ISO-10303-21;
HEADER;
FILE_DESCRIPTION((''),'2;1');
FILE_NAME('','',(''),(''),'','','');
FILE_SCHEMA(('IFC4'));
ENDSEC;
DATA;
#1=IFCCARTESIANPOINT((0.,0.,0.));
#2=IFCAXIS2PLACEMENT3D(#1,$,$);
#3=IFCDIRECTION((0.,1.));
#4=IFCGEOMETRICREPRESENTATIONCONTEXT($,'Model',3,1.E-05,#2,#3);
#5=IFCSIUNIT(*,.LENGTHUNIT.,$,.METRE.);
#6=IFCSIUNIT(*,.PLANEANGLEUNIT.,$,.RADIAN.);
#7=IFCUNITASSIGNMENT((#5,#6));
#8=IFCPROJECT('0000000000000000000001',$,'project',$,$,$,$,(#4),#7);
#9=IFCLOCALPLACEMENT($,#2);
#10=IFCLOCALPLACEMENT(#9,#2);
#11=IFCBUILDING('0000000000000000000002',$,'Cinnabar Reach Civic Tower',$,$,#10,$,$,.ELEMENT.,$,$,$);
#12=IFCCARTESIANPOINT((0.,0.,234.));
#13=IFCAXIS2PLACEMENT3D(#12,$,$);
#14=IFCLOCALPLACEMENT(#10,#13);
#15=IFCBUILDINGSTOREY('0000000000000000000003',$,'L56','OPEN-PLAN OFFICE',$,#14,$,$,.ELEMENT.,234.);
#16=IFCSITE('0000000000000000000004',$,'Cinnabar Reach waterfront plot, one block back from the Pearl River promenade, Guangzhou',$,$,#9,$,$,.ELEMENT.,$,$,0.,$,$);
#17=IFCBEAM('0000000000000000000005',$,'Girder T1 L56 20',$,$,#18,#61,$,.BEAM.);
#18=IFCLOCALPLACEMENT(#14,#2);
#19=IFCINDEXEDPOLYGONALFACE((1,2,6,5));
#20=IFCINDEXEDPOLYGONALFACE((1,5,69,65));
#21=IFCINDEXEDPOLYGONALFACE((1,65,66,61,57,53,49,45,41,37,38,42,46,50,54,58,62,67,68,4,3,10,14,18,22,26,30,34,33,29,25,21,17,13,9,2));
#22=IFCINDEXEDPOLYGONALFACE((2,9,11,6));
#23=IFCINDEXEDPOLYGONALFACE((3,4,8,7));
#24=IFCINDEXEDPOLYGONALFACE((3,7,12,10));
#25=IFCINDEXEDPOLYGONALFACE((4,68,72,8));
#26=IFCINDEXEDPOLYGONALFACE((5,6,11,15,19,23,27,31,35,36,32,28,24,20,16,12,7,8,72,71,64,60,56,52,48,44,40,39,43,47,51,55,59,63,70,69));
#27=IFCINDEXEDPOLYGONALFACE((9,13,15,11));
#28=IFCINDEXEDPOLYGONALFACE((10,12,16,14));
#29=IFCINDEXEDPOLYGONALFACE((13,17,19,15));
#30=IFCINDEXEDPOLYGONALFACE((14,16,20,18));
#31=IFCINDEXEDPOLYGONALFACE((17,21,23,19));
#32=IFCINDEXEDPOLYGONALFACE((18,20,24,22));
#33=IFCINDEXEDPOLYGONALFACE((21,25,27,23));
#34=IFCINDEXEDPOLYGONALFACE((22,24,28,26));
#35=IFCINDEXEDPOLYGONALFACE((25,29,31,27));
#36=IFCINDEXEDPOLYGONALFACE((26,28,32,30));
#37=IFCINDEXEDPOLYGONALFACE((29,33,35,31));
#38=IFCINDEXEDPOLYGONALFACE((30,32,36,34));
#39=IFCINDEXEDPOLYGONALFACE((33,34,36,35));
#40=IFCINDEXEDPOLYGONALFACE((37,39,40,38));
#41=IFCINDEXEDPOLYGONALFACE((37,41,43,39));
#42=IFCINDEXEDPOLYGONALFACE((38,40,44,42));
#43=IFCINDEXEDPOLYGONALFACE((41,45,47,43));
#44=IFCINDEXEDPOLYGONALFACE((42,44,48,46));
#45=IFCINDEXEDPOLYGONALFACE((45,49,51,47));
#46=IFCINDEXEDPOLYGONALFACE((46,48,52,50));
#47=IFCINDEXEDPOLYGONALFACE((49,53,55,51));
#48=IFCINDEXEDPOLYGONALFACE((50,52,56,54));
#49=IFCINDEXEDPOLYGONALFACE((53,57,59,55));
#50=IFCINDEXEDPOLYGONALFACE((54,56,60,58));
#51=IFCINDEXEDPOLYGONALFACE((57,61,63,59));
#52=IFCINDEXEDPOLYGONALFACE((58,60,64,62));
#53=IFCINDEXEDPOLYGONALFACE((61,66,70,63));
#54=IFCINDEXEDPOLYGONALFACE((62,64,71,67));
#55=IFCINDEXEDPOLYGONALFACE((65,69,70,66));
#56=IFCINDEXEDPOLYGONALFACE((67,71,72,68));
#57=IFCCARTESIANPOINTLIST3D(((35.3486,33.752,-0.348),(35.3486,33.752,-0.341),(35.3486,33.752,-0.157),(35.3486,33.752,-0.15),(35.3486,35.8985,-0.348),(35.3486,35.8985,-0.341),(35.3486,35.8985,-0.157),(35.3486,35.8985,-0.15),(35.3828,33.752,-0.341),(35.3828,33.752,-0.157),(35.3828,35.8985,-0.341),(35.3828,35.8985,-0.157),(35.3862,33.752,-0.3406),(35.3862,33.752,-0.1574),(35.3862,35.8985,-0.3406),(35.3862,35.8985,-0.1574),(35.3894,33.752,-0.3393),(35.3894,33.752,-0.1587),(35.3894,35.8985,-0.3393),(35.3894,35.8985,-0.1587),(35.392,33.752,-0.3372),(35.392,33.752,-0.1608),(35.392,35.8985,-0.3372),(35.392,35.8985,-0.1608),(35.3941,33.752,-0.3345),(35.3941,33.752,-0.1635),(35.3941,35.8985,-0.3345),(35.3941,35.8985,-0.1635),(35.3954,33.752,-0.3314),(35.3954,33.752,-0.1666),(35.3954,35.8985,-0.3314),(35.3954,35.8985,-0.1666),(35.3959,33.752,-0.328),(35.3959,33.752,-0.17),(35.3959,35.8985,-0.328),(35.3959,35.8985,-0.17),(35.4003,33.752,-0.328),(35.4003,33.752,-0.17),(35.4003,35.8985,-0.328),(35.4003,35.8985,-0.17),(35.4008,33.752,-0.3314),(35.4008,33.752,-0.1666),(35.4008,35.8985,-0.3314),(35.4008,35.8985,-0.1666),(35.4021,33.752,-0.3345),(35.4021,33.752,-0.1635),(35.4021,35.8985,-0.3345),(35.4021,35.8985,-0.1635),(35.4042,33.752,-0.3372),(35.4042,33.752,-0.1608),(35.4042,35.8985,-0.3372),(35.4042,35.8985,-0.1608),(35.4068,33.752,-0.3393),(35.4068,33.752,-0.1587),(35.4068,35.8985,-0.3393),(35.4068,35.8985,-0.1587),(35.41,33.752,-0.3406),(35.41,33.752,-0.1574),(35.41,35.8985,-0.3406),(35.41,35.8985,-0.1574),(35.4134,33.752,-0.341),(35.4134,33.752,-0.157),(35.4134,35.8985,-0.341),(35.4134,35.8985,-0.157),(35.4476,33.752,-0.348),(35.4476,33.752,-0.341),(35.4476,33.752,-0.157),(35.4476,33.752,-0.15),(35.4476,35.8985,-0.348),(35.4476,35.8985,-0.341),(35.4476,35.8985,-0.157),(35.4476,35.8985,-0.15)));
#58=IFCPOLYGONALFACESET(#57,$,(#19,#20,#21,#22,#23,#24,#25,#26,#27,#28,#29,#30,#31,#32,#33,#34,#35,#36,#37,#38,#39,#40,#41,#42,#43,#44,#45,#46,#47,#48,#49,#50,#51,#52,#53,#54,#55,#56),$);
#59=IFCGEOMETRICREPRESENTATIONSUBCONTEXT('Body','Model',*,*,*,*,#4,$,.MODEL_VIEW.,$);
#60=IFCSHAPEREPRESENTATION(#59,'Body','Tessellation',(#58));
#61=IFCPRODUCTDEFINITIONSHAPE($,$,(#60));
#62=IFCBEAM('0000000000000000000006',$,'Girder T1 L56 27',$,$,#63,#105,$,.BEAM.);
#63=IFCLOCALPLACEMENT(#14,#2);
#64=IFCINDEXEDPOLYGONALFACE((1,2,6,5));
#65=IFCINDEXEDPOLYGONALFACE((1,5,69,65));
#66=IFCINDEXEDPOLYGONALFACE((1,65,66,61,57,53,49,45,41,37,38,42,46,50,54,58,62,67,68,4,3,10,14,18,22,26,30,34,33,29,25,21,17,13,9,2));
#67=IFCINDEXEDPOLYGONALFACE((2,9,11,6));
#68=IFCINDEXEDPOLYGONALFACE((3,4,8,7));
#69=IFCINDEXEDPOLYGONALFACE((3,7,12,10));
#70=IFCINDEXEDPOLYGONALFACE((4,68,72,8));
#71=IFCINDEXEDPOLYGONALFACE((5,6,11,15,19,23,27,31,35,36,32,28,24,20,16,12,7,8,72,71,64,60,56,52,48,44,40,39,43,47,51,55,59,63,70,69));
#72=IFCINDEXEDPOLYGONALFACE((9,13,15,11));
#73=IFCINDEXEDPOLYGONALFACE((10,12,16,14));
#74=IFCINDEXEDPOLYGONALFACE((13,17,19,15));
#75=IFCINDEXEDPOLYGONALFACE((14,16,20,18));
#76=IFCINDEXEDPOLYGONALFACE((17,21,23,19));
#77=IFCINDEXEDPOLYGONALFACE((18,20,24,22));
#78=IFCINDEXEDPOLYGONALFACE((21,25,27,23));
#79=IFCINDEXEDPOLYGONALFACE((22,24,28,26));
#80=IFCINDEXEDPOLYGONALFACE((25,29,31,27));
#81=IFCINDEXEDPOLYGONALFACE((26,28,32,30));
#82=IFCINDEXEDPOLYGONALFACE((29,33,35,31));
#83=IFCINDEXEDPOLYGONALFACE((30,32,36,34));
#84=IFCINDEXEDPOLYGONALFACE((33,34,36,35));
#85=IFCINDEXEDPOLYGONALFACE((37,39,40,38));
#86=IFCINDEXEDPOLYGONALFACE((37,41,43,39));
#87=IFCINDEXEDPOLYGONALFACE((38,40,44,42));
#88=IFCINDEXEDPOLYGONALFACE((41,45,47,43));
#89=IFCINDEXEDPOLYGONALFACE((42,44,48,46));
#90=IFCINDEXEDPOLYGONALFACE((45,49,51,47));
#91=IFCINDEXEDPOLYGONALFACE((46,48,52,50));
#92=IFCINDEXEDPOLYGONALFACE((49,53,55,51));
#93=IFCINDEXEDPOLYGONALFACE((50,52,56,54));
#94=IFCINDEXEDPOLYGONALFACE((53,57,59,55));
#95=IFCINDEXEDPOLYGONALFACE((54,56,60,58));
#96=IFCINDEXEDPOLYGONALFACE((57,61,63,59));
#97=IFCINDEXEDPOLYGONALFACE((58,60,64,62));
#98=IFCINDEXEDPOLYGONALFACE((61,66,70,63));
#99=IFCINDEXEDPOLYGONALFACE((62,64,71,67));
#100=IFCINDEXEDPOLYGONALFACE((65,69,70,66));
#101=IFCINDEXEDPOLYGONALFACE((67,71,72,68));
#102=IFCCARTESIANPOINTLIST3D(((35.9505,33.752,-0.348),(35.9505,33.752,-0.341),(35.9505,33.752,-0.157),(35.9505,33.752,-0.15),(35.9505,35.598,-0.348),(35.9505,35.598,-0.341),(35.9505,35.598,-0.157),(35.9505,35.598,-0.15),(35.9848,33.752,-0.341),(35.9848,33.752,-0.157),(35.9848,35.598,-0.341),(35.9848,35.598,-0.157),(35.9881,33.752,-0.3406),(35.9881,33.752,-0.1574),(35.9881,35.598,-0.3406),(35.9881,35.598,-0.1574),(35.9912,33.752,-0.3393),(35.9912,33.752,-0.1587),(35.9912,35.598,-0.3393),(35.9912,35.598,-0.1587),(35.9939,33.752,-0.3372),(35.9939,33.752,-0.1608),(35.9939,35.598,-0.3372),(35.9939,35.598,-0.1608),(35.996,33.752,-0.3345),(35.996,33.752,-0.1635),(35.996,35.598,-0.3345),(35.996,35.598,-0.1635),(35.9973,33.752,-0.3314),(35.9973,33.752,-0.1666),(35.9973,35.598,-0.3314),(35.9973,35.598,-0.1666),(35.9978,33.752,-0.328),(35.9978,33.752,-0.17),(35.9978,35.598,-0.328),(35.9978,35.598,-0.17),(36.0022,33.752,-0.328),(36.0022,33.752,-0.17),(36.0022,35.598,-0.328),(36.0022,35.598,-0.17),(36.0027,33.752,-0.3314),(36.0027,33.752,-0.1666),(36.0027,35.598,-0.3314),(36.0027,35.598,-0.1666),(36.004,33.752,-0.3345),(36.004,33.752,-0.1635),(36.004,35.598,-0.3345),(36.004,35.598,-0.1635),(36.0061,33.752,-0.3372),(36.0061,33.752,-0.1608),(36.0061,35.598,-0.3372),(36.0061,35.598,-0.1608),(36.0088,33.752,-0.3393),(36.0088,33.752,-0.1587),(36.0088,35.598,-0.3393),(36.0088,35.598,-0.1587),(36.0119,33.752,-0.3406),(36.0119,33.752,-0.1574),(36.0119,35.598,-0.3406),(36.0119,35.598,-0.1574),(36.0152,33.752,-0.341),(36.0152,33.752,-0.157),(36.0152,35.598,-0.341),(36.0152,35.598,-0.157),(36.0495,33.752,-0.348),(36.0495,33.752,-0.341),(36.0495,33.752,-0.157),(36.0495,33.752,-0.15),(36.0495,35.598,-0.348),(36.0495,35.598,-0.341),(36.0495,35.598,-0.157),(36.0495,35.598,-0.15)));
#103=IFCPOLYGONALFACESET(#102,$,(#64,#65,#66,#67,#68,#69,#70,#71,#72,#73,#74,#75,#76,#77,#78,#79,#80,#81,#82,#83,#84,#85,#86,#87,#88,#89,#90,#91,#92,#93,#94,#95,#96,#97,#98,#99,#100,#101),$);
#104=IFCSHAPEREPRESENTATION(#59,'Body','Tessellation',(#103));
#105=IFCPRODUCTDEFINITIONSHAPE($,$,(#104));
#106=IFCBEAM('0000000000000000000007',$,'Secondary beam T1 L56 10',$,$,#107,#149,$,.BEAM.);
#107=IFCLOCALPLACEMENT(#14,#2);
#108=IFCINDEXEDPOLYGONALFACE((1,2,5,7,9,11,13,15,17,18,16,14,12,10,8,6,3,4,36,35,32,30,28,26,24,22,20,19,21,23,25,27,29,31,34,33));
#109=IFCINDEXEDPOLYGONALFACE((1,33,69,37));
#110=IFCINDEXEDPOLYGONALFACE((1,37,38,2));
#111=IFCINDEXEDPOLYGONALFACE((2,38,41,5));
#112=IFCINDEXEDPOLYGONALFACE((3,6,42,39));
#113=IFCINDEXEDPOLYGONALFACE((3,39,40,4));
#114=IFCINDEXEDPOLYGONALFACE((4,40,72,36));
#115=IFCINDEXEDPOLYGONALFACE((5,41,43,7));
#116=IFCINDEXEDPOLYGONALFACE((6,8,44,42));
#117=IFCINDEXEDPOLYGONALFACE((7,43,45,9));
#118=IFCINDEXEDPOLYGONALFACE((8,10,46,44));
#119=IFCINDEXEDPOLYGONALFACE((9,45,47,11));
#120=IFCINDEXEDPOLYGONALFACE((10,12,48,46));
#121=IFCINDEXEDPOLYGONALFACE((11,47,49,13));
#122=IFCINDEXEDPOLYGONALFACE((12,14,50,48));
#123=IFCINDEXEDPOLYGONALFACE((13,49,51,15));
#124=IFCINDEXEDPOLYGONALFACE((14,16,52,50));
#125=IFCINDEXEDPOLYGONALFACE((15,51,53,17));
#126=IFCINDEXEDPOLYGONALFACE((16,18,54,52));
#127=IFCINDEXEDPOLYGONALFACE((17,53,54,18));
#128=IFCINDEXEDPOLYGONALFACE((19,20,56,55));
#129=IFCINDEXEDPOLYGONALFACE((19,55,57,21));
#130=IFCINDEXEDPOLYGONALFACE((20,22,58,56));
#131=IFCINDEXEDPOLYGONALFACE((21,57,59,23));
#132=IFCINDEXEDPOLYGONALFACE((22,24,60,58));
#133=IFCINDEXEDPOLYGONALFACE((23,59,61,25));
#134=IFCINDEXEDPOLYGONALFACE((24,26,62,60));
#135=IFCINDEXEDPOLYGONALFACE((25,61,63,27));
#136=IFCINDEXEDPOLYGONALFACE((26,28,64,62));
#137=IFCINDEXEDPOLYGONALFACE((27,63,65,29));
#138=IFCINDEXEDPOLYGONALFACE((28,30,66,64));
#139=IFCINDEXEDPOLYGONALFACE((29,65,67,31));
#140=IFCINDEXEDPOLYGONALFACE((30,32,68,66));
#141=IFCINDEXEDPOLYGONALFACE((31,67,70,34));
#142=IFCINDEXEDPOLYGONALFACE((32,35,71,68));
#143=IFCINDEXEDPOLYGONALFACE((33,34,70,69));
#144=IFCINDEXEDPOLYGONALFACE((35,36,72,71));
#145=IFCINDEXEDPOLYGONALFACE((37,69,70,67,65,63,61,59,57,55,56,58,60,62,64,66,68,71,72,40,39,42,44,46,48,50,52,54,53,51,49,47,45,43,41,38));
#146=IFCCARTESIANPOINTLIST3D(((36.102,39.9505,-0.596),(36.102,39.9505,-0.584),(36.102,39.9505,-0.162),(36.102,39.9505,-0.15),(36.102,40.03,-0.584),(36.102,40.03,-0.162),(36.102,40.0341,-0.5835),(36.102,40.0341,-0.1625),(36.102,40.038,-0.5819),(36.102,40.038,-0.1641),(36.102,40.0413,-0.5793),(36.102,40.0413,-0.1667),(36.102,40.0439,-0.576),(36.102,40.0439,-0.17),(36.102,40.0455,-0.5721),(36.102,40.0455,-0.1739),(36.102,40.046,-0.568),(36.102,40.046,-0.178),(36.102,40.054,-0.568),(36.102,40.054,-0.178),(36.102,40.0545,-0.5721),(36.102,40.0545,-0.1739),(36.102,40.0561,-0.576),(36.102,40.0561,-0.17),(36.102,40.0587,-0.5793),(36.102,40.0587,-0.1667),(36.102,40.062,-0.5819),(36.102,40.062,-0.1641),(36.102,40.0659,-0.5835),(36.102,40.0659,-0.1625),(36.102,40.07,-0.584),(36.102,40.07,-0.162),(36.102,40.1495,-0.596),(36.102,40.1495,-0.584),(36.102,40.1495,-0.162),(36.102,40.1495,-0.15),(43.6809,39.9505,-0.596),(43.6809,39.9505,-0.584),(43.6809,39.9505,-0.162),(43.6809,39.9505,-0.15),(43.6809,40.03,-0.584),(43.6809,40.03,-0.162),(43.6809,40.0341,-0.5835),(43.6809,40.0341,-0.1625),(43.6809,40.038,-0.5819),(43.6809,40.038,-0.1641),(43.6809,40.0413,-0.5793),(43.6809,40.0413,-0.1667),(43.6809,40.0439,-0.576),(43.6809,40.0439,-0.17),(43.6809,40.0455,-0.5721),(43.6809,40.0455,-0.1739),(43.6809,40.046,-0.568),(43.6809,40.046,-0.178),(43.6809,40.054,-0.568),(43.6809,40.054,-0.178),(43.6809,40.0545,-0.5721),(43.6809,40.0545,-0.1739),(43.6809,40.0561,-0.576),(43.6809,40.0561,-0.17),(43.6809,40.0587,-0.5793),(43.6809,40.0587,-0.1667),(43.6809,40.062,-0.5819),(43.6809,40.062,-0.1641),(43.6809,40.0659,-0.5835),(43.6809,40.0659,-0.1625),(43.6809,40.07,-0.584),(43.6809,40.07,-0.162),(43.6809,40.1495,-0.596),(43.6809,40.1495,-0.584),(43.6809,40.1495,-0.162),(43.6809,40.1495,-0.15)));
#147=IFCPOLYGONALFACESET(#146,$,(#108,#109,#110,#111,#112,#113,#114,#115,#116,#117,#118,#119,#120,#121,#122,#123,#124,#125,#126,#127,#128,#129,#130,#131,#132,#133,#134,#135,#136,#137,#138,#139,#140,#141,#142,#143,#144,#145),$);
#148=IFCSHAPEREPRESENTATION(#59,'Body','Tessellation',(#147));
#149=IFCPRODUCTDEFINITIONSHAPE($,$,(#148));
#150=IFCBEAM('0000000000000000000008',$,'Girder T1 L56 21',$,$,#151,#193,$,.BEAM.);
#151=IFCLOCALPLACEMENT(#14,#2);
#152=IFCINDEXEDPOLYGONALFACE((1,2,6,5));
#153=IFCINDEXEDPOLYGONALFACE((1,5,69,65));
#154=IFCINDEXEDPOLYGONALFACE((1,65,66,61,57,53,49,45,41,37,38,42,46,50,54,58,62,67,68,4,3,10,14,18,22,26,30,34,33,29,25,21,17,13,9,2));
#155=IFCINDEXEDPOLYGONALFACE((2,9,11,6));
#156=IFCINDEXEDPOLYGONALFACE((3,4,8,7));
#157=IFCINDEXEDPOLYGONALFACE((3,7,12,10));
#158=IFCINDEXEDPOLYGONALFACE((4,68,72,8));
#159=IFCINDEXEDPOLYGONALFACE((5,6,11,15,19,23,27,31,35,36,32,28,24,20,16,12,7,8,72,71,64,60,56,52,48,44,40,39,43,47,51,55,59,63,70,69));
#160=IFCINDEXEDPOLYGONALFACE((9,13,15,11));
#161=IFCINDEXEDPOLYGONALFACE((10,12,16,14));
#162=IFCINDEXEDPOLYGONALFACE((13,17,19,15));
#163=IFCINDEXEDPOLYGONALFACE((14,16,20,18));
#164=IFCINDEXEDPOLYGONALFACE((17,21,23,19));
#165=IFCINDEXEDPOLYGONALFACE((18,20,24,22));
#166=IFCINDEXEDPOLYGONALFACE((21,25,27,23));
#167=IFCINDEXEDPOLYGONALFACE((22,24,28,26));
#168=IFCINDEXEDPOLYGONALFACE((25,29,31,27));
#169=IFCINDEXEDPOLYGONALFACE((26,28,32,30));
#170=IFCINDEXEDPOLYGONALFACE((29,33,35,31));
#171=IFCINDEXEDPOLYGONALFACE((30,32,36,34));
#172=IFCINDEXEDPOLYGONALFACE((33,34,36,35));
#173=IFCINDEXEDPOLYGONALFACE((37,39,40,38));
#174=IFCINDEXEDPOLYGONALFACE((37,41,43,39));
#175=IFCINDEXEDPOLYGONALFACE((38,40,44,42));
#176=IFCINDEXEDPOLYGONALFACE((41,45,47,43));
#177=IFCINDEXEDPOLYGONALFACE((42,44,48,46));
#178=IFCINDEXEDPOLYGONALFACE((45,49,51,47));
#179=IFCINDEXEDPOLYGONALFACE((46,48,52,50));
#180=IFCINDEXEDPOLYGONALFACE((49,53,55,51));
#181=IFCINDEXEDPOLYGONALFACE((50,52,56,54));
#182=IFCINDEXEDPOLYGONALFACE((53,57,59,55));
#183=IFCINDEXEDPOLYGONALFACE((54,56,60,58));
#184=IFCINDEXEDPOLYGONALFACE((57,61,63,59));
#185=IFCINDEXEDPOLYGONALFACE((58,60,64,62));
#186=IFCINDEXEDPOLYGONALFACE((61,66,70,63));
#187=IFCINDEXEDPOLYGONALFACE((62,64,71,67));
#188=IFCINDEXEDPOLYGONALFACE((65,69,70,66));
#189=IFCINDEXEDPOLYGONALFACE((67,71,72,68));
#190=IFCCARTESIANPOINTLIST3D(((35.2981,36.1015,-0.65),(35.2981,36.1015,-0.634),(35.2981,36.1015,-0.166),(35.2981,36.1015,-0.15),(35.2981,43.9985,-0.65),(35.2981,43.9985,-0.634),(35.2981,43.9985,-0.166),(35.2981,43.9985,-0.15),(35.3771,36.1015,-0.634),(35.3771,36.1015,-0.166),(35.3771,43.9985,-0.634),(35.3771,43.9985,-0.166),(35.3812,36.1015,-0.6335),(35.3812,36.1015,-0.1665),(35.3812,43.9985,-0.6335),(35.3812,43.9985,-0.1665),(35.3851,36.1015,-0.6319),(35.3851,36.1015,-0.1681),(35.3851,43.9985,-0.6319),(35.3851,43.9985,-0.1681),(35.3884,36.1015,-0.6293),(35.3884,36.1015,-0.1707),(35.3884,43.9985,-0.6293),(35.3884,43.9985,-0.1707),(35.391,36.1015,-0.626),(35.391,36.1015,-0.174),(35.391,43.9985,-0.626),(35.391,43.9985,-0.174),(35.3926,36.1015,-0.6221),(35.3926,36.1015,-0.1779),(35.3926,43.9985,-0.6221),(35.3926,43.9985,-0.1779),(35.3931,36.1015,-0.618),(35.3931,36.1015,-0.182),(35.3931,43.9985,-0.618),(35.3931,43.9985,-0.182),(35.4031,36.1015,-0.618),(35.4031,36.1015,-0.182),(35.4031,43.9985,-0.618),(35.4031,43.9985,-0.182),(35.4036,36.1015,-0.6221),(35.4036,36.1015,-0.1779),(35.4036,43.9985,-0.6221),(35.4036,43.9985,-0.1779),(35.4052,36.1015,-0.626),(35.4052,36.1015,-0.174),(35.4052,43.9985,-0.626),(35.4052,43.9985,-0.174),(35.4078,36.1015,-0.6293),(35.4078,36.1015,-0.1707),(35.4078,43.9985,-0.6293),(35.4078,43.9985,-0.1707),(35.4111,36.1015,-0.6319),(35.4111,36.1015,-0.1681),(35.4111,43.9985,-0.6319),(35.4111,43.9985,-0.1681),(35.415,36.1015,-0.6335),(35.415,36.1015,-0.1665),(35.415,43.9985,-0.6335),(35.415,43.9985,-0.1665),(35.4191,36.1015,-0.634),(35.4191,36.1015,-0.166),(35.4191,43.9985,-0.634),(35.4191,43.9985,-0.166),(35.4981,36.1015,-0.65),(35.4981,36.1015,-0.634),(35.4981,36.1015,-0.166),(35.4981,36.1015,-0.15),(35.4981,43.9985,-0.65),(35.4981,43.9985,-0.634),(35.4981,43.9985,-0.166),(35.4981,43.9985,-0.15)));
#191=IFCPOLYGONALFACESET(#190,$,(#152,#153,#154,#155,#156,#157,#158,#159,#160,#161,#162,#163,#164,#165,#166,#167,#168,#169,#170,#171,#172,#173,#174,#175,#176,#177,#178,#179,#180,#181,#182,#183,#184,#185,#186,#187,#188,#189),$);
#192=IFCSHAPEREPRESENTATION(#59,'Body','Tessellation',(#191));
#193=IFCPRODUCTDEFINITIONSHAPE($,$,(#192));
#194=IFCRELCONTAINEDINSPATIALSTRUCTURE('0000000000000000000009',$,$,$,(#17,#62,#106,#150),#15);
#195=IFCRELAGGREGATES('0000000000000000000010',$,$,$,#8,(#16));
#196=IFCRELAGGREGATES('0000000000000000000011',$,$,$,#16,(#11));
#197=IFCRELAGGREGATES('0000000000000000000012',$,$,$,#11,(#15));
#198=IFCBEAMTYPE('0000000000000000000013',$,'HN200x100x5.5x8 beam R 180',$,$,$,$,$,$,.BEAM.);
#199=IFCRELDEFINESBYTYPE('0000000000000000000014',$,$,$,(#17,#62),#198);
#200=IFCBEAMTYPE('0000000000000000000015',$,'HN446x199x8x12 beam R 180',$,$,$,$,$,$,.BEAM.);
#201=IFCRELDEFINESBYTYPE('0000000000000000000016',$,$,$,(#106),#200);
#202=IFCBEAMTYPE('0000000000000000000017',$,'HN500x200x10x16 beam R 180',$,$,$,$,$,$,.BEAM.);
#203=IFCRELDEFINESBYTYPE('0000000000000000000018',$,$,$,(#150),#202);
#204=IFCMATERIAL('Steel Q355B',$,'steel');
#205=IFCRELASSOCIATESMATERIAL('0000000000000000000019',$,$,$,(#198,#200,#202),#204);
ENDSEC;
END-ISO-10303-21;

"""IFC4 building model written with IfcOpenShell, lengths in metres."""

from ifc_helpers import new_model, si_unit, direction, frame, origin, origin_2d, place, context, subcontext, project, spatial, i_section, extrude, material, material_profile, profile_set, type_object, element, save


model = new_model("IFC4")

# Units and contexts
model_context = context("Model", 3, precision=1e-05, world=origin(), true_north=direction((0.0, 1.0)))
body_context = subcontext(model_context, "Body", "Model", "MODEL_VIEW")
ifc_project = project(units=[si_unit("LENGTHUNIT", "METRE"), si_unit("PLANEANGLEUNIT", "RADIAN")], contexts=[model_context])

# Site, building, storey
site_placement = place(None, origin())
site = spatial("IfcSite", under=ifc_project, at=site_placement, Name="Cinnabar Reach waterfront plot, one block back from the Pearl River promenade, Guangzhou", CompositionType="ELEMENT", RefElevation=0.0)
building_placement = place(site_placement, origin())
building = spatial("IfcBuilding", under=site, at=building_placement, Name="Cinnabar Reach Civic Tower", CompositionType="ELEMENT")
storey_placement = place(building_placement, frame((0.0, 0.0, 234.0)))
storey = spatial("IfcBuildingStorey", under=building, at=storey_placement, Name="L56", Description="OPEN-PLAN OFFICE", CompositionType="ELEMENT", Elevation=234.0)

# Beams
ifc_material_1 = material(Name="Steel Q355B", Category="steel")
ifc_material_profile_1 = material_profile(ifc_material_1, i_section(OverallWidth=0.099, OverallDepth=0.198, WebThickness=0.0045, FlangeThickness=0.007, FilletRadius=0.013, at=origin_2d()), Name="HN200x100x5.5x8")
ifc_profile_set_1 = profile_set([ifc_material_profile_1], Name="Steel Q355B")
beam_type_1 = type_object("IfcBeamType", Name="HN200x100x5.5x8 beam R 180", PredefinedType="BEAM", material=ifc_profile_set_1)
beam_1_placement = place(storey_placement, frame((35.3981, 33.752, -0.249), z_axis=(0.0, 1.0, 0.0), x_axis=(-1.0, 0.0, 0.0)))
element("IfcBeam", 1, at=beam_1_placement, inside=storey, type_object=beam_type_1, Name="Girder T1 L56 20", PredefinedType="BEAM", context=body_context, shape_type="SweptSolid", body=[
    extrude(i_section(OverallWidth=0.099, OverallDepth=0.198, WebThickness=0.0045, FlangeThickness=0.007, FilletRadius=0.013, at=origin_2d()), origin(), (0.0, 0.0, 1.0), 2.1465),
])
beam_2_placement = place(storey_placement, frame((36.0, 33.752, -0.249), z_axis=(0.0, 1.0, 0.0), x_axis=(-1.0, 0.0, 0.0)))
element("IfcBeam", 2, at=beam_2_placement, inside=storey, type_object=beam_type_1, Name="Girder T1 L56 27", PredefinedType="BEAM", context=body_context, shape_type="SweptSolid", body=[
    extrude(i_section(OverallWidth=0.099, OverallDepth=0.198, WebThickness=0.0045, FlangeThickness=0.007, FilletRadius=0.013, at=origin_2d()), origin(), (0.0, 0.0, 1.0), 1.846),
])
ifc_material_profile_2 = material_profile(ifc_material_1, i_section(OverallWidth=0.199, OverallDepth=0.446, WebThickness=0.008, FlangeThickness=0.012, FilletRadius=0.016, at=origin_2d()), Name="HN446x199x8x12")
ifc_profile_set_2 = profile_set([ifc_material_profile_2], Name="Steel Q355B")
beam_type_2 = type_object("IfcBeamType", Name="HN446x199x8x12 beam R 180", PredefinedType="BEAM", material=ifc_profile_set_2)
beam_3_placement = place(storey_placement, frame((36.102, 40.05, -0.373), z_axis=(1.0, 0.0, 0.0), x_axis=(0.0, 1.0, 0.0)))
element("IfcBeam", 3, at=beam_3_placement, inside=storey, type_object=beam_type_2, Name="Secondary beam T1 L56 10", PredefinedType="BEAM", context=body_context, shape_type="SweptSolid", body=[
    extrude(i_section(OverallWidth=0.199, OverallDepth=0.446, WebThickness=0.008, FlangeThickness=0.012, FilletRadius=0.016, at=origin_2d()), origin(), (0.0, 0.0, 1.0), 7.5789),
])
ifc_material_profile_3 = material_profile(ifc_material_1, i_section(OverallWidth=0.2, OverallDepth=0.5, WebThickness=0.01, FlangeThickness=0.016, FilletRadius=0.016, at=origin_2d()), Name="HN500x200x10x16")
ifc_profile_set_3 = profile_set([ifc_material_profile_3], Name="Steel Q355B")
beam_type_3 = type_object("IfcBeamType", Name="HN500x200x10x16 beam R 180", PredefinedType="BEAM", material=ifc_profile_set_3)
beam_4_placement = place(storey_placement, frame((35.3981, 36.1015, -0.4), z_axis=(0.0, 1.0, 0.0), x_axis=(-1.0, 0.0, 0.0)))
element("IfcBeam", 4, at=beam_4_placement, inside=storey, type_object=beam_type_3, Name="Girder T1 L56 21", PredefinedType="BEAM", context=body_context, shape_type="SweptSolid", body=[
    extrude(i_section(OverallWidth=0.2, OverallDepth=0.5, WebThickness=0.01, FlangeThickness=0.016, FilletRadius=0.016, at=origin_2d()), origin(), (0.0, 0.0, 1.0), 7.897),
])

save(model, "model.ifc")
